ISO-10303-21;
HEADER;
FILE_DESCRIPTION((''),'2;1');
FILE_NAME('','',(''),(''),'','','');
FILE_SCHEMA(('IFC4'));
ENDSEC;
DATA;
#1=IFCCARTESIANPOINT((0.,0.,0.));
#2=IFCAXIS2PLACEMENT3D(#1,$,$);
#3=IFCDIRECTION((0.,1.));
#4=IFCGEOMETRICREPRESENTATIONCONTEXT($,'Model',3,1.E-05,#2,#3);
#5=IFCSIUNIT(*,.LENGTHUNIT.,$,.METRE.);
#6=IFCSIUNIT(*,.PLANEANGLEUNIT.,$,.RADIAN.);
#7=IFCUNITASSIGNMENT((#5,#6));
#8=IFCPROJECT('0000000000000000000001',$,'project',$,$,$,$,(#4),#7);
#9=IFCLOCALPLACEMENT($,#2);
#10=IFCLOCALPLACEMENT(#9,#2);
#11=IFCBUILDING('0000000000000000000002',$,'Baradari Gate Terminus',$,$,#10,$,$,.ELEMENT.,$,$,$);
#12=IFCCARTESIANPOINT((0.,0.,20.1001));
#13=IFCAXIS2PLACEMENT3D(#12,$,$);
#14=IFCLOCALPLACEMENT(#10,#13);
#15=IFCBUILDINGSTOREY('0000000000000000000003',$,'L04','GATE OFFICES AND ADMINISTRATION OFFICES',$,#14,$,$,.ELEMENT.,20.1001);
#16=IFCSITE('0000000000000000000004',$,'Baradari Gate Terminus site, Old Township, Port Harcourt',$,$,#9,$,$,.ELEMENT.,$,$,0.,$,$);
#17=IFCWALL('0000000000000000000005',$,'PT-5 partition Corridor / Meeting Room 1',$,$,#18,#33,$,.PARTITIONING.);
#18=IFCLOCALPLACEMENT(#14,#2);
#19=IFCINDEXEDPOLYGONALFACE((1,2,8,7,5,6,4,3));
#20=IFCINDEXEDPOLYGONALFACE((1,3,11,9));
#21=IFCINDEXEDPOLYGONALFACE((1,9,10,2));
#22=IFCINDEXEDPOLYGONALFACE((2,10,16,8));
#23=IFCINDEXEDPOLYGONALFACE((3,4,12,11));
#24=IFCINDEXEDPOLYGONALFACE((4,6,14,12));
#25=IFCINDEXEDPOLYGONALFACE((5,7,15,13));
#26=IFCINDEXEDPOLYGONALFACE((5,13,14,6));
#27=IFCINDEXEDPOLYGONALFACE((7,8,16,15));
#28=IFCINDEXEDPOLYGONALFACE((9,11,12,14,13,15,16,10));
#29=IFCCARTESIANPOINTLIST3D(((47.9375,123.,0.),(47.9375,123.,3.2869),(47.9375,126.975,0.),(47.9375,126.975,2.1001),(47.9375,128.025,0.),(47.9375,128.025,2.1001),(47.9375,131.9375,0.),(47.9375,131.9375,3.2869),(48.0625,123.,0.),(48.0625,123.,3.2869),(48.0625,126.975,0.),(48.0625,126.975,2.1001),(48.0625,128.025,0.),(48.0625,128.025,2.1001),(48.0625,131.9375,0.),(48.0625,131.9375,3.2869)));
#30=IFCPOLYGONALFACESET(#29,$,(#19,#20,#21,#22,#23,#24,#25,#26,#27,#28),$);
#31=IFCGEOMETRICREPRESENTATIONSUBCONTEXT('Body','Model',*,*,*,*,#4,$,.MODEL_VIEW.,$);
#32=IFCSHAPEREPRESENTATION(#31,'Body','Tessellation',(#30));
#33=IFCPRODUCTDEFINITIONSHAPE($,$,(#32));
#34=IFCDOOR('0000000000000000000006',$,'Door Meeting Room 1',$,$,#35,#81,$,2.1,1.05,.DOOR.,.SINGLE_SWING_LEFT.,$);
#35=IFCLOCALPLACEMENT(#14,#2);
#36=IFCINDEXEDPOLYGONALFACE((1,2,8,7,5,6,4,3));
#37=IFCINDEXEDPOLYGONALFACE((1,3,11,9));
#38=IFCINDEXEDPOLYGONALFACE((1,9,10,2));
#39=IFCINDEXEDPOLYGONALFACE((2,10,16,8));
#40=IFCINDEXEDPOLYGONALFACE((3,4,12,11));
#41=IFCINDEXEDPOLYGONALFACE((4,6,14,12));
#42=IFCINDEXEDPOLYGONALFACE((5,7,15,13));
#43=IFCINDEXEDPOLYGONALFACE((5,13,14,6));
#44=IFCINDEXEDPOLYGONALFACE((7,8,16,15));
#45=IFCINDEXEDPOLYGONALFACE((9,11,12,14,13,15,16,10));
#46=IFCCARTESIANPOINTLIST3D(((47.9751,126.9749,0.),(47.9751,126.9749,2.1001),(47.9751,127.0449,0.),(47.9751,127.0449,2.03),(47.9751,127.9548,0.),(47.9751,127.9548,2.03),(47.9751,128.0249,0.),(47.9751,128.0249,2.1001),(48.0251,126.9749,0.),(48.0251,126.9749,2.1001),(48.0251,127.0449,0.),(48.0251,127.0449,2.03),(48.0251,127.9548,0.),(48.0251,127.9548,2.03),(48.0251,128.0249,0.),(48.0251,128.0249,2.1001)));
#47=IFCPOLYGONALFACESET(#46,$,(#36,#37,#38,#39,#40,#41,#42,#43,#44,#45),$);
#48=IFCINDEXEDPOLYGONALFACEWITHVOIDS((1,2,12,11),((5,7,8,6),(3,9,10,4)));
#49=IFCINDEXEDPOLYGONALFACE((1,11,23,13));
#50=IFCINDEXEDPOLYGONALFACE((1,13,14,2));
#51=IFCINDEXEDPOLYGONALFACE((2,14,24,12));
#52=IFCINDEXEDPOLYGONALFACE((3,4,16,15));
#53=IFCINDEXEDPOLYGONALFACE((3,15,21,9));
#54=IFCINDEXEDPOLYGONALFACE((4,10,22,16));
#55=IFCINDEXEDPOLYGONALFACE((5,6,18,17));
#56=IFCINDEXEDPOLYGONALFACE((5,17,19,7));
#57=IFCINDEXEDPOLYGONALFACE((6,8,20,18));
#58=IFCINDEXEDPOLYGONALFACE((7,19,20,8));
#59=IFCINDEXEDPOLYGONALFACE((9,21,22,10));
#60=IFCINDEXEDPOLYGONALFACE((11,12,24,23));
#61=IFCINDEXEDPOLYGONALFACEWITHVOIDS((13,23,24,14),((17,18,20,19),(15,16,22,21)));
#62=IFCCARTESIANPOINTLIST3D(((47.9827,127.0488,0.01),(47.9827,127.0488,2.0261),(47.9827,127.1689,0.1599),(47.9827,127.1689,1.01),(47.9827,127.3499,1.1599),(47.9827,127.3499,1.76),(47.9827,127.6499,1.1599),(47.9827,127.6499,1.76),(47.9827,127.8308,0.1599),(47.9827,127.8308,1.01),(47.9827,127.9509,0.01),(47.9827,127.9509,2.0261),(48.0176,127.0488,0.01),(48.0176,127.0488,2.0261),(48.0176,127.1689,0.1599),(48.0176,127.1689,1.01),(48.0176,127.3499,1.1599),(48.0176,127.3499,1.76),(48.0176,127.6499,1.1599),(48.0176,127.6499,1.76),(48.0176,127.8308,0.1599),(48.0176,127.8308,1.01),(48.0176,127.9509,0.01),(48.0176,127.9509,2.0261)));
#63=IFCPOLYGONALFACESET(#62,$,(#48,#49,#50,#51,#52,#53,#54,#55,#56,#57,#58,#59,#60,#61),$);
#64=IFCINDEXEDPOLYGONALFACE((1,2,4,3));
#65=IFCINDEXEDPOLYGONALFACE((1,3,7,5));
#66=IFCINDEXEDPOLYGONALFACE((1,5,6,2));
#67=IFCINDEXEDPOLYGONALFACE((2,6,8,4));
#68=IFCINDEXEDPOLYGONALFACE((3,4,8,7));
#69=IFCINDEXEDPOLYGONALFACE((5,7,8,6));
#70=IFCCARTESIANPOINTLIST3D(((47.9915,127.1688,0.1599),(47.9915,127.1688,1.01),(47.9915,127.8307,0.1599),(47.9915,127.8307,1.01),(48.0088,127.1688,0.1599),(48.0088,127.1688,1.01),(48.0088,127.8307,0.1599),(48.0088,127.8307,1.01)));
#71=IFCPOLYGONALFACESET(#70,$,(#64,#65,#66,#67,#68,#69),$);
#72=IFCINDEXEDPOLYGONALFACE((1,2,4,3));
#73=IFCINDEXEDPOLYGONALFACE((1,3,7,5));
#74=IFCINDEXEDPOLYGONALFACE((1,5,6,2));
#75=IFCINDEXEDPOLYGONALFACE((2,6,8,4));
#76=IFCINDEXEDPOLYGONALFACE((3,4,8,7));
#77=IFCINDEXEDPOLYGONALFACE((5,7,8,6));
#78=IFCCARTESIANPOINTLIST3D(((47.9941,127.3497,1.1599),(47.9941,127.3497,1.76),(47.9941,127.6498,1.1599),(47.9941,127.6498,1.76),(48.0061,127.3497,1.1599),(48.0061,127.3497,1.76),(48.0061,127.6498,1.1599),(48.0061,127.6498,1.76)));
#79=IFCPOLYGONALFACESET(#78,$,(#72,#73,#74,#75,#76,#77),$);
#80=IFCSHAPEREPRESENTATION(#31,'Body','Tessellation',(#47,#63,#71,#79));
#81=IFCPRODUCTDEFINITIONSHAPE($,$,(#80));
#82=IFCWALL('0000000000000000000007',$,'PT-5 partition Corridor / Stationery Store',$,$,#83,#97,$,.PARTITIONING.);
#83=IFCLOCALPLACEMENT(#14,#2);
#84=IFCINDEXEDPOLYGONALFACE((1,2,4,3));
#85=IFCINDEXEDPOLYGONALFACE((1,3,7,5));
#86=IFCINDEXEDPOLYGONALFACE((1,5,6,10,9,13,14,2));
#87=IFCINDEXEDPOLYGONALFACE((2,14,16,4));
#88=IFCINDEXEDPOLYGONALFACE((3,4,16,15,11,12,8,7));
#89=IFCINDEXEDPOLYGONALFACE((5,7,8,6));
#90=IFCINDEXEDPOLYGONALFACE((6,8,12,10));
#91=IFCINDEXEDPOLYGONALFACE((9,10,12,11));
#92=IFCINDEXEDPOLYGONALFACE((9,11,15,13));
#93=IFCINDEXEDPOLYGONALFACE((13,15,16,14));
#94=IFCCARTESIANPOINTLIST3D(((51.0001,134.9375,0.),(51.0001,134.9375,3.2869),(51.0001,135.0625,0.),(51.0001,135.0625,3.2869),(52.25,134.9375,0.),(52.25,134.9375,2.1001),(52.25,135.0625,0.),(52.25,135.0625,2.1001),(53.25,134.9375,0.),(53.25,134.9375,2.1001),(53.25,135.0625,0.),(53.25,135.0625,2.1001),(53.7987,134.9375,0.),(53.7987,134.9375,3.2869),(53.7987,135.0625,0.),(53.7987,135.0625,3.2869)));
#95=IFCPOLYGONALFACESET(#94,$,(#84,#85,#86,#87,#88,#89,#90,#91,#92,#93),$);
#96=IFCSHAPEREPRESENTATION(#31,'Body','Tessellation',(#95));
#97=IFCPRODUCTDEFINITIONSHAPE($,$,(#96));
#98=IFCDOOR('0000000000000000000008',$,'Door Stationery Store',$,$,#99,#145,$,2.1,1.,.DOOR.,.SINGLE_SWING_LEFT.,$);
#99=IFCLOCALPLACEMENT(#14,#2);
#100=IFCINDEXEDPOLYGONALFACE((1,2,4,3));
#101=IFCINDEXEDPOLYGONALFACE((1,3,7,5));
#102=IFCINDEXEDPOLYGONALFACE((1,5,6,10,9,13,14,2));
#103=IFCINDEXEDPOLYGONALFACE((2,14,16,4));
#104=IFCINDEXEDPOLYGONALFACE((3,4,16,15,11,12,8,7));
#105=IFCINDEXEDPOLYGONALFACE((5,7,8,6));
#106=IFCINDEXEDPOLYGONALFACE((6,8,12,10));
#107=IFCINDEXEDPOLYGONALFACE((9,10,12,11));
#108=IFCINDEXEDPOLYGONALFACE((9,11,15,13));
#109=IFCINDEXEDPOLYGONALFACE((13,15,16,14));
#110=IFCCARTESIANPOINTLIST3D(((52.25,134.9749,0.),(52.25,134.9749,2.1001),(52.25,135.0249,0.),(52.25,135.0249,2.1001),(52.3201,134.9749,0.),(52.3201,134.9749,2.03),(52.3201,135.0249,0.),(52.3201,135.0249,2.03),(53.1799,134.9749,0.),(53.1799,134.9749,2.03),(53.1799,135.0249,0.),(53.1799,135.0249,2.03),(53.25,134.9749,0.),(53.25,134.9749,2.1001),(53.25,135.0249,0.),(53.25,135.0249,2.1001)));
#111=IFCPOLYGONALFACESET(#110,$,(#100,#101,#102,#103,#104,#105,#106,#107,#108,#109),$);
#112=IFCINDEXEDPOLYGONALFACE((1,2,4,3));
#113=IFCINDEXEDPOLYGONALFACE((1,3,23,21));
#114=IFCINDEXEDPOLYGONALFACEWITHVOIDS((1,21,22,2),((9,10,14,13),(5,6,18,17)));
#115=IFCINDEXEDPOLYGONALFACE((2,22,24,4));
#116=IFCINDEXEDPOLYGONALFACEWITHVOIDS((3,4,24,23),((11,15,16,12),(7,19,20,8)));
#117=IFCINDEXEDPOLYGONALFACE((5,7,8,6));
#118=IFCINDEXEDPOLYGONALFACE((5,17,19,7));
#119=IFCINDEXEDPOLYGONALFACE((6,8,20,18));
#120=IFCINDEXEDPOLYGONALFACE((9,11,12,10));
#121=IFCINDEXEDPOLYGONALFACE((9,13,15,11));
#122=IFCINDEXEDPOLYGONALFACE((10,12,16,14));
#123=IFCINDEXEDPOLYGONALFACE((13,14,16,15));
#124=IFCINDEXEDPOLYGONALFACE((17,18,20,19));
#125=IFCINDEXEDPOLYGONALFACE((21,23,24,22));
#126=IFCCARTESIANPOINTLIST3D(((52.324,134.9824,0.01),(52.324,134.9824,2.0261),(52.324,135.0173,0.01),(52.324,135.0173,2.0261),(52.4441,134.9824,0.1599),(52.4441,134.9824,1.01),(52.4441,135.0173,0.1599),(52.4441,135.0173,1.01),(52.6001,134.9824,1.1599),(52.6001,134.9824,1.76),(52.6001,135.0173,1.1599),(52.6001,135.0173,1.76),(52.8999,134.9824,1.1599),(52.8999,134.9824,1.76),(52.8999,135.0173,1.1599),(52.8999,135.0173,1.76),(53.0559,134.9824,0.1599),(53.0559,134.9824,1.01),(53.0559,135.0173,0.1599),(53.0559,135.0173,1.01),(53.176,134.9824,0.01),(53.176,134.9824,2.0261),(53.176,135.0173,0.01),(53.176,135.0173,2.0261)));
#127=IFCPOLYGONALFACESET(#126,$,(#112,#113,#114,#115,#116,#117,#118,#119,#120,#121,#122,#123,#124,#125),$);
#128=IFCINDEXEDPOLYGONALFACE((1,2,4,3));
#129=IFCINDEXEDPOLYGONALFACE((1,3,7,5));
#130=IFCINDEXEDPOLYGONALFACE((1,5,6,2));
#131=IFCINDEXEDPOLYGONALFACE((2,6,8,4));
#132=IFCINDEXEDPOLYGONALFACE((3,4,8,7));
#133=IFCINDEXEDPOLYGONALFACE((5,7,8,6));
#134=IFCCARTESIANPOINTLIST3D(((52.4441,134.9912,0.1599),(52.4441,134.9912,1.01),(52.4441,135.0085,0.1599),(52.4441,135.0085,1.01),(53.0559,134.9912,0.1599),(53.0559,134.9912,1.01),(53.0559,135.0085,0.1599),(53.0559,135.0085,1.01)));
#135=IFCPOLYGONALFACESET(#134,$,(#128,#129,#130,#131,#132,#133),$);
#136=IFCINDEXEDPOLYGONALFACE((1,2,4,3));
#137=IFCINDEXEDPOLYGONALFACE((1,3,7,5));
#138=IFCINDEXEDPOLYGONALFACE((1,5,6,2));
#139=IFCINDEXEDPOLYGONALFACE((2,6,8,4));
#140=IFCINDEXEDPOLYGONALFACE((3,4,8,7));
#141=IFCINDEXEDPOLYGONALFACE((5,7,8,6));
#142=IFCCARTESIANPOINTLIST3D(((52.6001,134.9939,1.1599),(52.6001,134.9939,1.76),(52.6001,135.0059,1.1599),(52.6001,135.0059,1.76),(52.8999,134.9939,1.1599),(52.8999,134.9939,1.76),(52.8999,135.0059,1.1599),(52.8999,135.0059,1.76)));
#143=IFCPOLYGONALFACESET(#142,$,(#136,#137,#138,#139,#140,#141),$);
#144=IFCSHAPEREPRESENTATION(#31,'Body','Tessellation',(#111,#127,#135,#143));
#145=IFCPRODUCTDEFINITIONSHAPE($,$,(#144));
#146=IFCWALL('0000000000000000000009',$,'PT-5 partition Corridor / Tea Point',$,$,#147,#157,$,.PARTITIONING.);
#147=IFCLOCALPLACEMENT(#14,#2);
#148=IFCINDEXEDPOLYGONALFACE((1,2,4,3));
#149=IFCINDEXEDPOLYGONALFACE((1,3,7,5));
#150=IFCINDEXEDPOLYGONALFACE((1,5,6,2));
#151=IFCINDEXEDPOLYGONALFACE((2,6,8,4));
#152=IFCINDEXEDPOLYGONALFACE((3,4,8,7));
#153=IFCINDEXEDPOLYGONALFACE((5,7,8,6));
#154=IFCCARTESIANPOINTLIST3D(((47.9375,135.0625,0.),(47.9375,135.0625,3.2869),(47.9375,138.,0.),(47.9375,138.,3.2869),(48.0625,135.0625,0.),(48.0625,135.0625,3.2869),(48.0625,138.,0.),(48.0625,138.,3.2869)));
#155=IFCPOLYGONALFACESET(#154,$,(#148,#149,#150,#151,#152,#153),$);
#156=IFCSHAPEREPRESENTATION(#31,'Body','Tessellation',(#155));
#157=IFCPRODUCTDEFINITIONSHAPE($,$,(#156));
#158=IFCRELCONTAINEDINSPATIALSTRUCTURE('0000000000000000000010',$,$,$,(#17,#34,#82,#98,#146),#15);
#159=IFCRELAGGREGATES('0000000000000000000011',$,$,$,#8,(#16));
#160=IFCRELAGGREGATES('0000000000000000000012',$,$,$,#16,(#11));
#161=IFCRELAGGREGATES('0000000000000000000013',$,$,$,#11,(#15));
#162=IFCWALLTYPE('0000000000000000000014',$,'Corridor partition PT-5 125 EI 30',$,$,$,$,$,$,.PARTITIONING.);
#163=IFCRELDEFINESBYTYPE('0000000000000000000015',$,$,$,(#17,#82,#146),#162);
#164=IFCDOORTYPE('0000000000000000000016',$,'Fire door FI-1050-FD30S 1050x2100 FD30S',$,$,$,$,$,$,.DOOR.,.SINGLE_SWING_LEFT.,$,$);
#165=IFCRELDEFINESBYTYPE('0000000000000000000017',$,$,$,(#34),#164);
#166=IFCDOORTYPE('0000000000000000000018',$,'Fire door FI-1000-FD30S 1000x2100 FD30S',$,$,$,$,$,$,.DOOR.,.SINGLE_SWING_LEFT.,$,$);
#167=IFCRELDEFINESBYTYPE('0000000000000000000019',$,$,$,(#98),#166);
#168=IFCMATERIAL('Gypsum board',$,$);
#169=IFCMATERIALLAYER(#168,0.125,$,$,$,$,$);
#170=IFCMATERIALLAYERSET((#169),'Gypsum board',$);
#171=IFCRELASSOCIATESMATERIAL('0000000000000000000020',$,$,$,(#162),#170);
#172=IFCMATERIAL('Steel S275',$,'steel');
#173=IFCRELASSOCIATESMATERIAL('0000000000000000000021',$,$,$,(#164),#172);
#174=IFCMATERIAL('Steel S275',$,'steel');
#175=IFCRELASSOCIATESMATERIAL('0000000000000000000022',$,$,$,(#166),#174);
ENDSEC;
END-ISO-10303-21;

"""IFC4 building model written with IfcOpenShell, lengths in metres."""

from ifc_helpers import new_model, si_unit, direction, frame, frame_2d, origin, place, context, subcontext, project, spatial, polyline, rectangle, outline, extrude, material, layer, layer_set, type_object, element, fill, save


model = new_model("IFC4")

# Units and contexts
model_context = context("Model", 3, precision=1e-05, world=origin(), true_north=direction((0.0, 1.0)))
body_context = subcontext(model_context, "Body", "Model", "MODEL_VIEW")
ifc_project = project(units=[si_unit("LENGTHUNIT", "METRE"), si_unit("PLANEANGLEUNIT", "RADIAN")], contexts=[model_context])

# Site, building, storey
site_placement = place(None, origin())
site = spatial("IfcSite", under=ifc_project, at=site_placement, Name="Baradari Gate Terminus site, Old Township, Port Harcourt", CompositionType="ELEMENT", RefElevation=0.0)
building_placement = place(site_placement, origin())
building = spatial("IfcBuilding", under=site, at=building_placement, Name="Baradari Gate Terminus", CompositionType="ELEMENT")
storey_placement = place(building_placement, frame((0.0, 0.0, 20.1001)))
storey = spatial("IfcBuildingStorey", under=building, at=storey_placement, Name="L04", Description="GATE OFFICES AND ADMINISTRATION OFFICES", CompositionType="ELEMENT", Elevation=20.1001)

# Walls, openings, doors
ifc_material_1 = material(Name="Gypsum board")
ifc_layer_1 = layer(ifc_material_1, 0.125)
ifc_layer_set_1 = layer_set([ifc_layer_1], Name="Gypsum board")
wall_type_1 = type_object("IfcWallType", Name="Corridor partition PT-5 125 EI 30", PredefinedType="PARTITIONING", material=ifc_layer_set_1)
wall_1_placement = place(storey_placement, frame((48.0, 131.9375, 0.0), z_axis=(0.0, 0.0, 1.0), x_axis=(0.0, -1.0, 0.0)))
wall_1 = element("IfcWall", 1, at=wall_1_placement, inside=storey, type_object=wall_type_1, Name="PT-5 partition Corridor / Meeting Room 1", PredefinedType="PARTITIONING", context=body_context, shape_type="SweptSolid", body=[
    extrude(rectangle(XDim=8.9375, YDim=0.125, at=frame_2d((4.4688, 0.0))), origin(), (0.0, 0.0, 1.0), 3.2869),
])
opening_1_placement = place(wall_1_placement, frame((3.9126, 0.0, 0.0)))
opening_1 = element("IfcOpeningElement", 2, at=opening_1_placement, cuts=wall_1, PredefinedType="OPENING", context=body_context, shape_type="SweptSolid", body=[
    extrude(rectangle(XDim=1.05, YDim=2.1001, at=frame_2d((0.5249, 1.05))), frame((0.0, 0.0725, 0.0), z_axis=(0.0, -1.0, 0.0), x_axis=(1.0, 0.0, 0.0)), (0.0, 0.0, 1.0), 0.145),
])
ifc_material_2 = material(Name="Steel S275", Category="steel")
door_type_1 = type_object("IfcDoorType", Name="Fire door FI-1050-FD30S 1050x2100 FD30S", OperationType="SINGLE_SWING_LEFT", PredefinedType="DOOR", material=ifc_material_2)
door_1_placement = place(opening_1_placement, frame((1.05, 0.0, 0.0), z_axis=(0.0, 0.0, 1.0), x_axis=(-1.0, 0.0, 0.0)))
door_1 = element("IfcDoor", 3, at=door_1_placement, inside=storey, type_object=door_type_1, Name="Door Meeting Room 1", OperationType="SINGLE_SWING_LEFT", OverallHeight=2.1, OverallWidth=1.05, PredefinedType="DOOR", context=body_context, shape_type="SweptSolid", body=[
    extrude(outline(polyline([(0.0, 0.0), (0.0701, 0.0), (0.0701, 2.03), (0.98, 2.03), (0.98, 0.0), (1.05, 0.0), (1.05, 2.1001), (0.0, 2.1001), (0.0, 0.0)])), frame((0.0, 0.0249, 0.0), z_axis=(0.0, -1.0, 0.0), x_axis=(1.0, 0.0, 0.0)), (0.0, 0.0, 1.0), 0.05),
    extrude(outline(polyline([(0.074, 0.01), (0.9761, 0.01), (0.9761, 2.0261), (0.074, 2.0261), (0.074, 0.01)]), holes=[polyline([(0.1941, 0.1599), (0.856, 0.1599), (0.856, 1.01), (0.1941, 1.01), (0.1941, 0.1599)]), polyline([(0.375, 1.1599), (0.675, 1.1599), (0.675, 1.76), (0.375, 1.76), (0.375, 1.1599)])]), frame((0.0, 0.0173, 0.0), z_axis=(0.0, -1.0, 0.0), x_axis=(1.0, 0.0, 0.0)), (0.0, 0.0, 1.0), 0.0349),
    extrude(rectangle(XDim=0.6619, YDim=0.8501, at=frame_2d((0.5249, 0.585))), frame((0.0, 0.0085, 0.0), z_axis=(0.0, -1.0, 0.0), x_axis=(1.0, 0.0, 0.0)), (0.0, 0.0, 1.0), 0.0173),
    extrude(rectangle(XDim=0.3, YDim=0.6001, at=frame_2d((0.5249, 1.46))), frame((0.0, 0.0059, 0.0), z_axis=(0.0, -1.0, 0.0), x_axis=(1.0, 0.0, 0.0)), (0.0, 0.0, 1.0), 0.012),
])
fill(opening_1, door_1)
wall_2_placement = place(storey_placement, frame((51.0, 135.0, 0.0), z_axis=(0.0, 0.0, 1.0), x_axis=(1.0, 0.0, 0.0)))
wall_2 = element("IfcWall", 4, at=wall_2_placement, inside=storey, type_object=wall_type_1, Name="PT-5 partition Corridor / Stationery Store", PredefinedType="PARTITIONING", context=body_context, shape_type="SweptSolid", body=[
    extrude(rectangle(XDim=2.7986, YDim=0.125, at=frame_2d((1.3994, 0.0))), origin(), (0.0, 0.0, 1.0), 3.2869),
])
opening_2_placement = place(wall_2_placement, frame((1.25, 0.0, 0.0)))
opening_2 = element("IfcOpeningElement", 5, at=opening_2_placement, cuts=wall_2, PredefinedType="OPENING", context=body_context, shape_type="SweptSolid", body=[
    extrude(rectangle(XDim=1.0, YDim=2.1001, at=frame_2d((0.5, 1.05))), frame((0.0, 0.0725, 0.0), z_axis=(0.0, -1.0, 0.0), x_axis=(1.0, 0.0, 0.0)), (0.0, 0.0, 1.0), 0.145),
])
ifc_material_3 = material(Name="Steel S275", Category="steel")
door_type_2 = type_object("IfcDoorType", Name="Fire door FI-1000-FD30S 1000x2100 FD30S", OperationType="SINGLE_SWING_LEFT", PredefinedType="DOOR", material=ifc_material_3)
door_2_placement = place(opening_2_placement, origin())
door_2 = element("IfcDoor", 6, at=door_2_placement, inside=storey, type_object=door_type_2, Name="Door Stationery Store", OperationType="SINGLE_SWING_LEFT", OverallHeight=2.1, OverallWidth=1.0, PredefinedType="DOOR", context=body_context, shape_type="SweptSolid", body=[
    extrude(outline(polyline([(0.0, 0.0), (0.0701, 0.0), (0.0701, 2.03), (0.9299, 2.03), (0.9299, 0.0), (1.0, 0.0), (1.0, 2.1001), (0.0, 2.1001), (0.0, 0.0)])), frame((0.0, 0.0249, 0.0), z_axis=(0.0, -1.0, 0.0), x_axis=(1.0, 0.0, 0.0)), (0.0, 0.0, 1.0), 0.05),
    extrude(outline(polyline([(0.074, 0.01), (0.926, 0.01), (0.926, 2.0261), (0.074, 2.0261), (0.074, 0.01)]), holes=[polyline([(0.1941, 0.1599), (0.8059, 0.1599), (0.8059, 1.01), (0.1941, 1.01), (0.1941, 0.1599)]), polyline([(0.3501, 1.1599), (0.6499, 1.1599), (0.6499, 1.76), (0.3501, 1.76), (0.3501, 1.1599)])]), frame((0.0, 0.0173, 0.0), z_axis=(0.0, -1.0, 0.0), x_axis=(1.0, 0.0, 0.0)), (0.0, 0.0, 1.0), 0.0349),
    extrude(rectangle(XDim=0.6118, YDim=0.8501, at=frame_2d((0.5, 0.585))), frame((0.0, 0.0085, 0.0), z_axis=(0.0, -1.0, 0.0), x_axis=(1.0, 0.0, 0.0)), (0.0, 0.0, 1.0), 0.0173),
    extrude(rectangle(XDim=0.2998, YDim=0.6001, at=frame_2d((0.5, 1.46))), frame((0.0, 0.0059, 0.0), z_axis=(0.0, -1.0, 0.0), x_axis=(1.0, 0.0, 0.0)), (0.0, 0.0, 1.0), 0.012),
])
fill(opening_2, door_2)

# Wall
wall_3_placement = place(storey_placement, frame((48.0, 138.0, 0.0), z_axis=(0.0, 0.0, 1.0), x_axis=(0.0, -1.0, 0.0)))
element("IfcWall", 7, at=wall_3_placement, inside=storey, type_object=wall_type_1, Name="PT-5 partition Corridor / Tea Point", PredefinedType="PARTITIONING", context=body_context, shape_type="SweptSolid", body=[
    extrude(rectangle(XDim=2.9375, YDim=0.125, at=frame_2d((1.4688, 0.0))), origin(), (0.0, 0.0, 1.0), 3.2869),
])

save(model, "model.ifc")
